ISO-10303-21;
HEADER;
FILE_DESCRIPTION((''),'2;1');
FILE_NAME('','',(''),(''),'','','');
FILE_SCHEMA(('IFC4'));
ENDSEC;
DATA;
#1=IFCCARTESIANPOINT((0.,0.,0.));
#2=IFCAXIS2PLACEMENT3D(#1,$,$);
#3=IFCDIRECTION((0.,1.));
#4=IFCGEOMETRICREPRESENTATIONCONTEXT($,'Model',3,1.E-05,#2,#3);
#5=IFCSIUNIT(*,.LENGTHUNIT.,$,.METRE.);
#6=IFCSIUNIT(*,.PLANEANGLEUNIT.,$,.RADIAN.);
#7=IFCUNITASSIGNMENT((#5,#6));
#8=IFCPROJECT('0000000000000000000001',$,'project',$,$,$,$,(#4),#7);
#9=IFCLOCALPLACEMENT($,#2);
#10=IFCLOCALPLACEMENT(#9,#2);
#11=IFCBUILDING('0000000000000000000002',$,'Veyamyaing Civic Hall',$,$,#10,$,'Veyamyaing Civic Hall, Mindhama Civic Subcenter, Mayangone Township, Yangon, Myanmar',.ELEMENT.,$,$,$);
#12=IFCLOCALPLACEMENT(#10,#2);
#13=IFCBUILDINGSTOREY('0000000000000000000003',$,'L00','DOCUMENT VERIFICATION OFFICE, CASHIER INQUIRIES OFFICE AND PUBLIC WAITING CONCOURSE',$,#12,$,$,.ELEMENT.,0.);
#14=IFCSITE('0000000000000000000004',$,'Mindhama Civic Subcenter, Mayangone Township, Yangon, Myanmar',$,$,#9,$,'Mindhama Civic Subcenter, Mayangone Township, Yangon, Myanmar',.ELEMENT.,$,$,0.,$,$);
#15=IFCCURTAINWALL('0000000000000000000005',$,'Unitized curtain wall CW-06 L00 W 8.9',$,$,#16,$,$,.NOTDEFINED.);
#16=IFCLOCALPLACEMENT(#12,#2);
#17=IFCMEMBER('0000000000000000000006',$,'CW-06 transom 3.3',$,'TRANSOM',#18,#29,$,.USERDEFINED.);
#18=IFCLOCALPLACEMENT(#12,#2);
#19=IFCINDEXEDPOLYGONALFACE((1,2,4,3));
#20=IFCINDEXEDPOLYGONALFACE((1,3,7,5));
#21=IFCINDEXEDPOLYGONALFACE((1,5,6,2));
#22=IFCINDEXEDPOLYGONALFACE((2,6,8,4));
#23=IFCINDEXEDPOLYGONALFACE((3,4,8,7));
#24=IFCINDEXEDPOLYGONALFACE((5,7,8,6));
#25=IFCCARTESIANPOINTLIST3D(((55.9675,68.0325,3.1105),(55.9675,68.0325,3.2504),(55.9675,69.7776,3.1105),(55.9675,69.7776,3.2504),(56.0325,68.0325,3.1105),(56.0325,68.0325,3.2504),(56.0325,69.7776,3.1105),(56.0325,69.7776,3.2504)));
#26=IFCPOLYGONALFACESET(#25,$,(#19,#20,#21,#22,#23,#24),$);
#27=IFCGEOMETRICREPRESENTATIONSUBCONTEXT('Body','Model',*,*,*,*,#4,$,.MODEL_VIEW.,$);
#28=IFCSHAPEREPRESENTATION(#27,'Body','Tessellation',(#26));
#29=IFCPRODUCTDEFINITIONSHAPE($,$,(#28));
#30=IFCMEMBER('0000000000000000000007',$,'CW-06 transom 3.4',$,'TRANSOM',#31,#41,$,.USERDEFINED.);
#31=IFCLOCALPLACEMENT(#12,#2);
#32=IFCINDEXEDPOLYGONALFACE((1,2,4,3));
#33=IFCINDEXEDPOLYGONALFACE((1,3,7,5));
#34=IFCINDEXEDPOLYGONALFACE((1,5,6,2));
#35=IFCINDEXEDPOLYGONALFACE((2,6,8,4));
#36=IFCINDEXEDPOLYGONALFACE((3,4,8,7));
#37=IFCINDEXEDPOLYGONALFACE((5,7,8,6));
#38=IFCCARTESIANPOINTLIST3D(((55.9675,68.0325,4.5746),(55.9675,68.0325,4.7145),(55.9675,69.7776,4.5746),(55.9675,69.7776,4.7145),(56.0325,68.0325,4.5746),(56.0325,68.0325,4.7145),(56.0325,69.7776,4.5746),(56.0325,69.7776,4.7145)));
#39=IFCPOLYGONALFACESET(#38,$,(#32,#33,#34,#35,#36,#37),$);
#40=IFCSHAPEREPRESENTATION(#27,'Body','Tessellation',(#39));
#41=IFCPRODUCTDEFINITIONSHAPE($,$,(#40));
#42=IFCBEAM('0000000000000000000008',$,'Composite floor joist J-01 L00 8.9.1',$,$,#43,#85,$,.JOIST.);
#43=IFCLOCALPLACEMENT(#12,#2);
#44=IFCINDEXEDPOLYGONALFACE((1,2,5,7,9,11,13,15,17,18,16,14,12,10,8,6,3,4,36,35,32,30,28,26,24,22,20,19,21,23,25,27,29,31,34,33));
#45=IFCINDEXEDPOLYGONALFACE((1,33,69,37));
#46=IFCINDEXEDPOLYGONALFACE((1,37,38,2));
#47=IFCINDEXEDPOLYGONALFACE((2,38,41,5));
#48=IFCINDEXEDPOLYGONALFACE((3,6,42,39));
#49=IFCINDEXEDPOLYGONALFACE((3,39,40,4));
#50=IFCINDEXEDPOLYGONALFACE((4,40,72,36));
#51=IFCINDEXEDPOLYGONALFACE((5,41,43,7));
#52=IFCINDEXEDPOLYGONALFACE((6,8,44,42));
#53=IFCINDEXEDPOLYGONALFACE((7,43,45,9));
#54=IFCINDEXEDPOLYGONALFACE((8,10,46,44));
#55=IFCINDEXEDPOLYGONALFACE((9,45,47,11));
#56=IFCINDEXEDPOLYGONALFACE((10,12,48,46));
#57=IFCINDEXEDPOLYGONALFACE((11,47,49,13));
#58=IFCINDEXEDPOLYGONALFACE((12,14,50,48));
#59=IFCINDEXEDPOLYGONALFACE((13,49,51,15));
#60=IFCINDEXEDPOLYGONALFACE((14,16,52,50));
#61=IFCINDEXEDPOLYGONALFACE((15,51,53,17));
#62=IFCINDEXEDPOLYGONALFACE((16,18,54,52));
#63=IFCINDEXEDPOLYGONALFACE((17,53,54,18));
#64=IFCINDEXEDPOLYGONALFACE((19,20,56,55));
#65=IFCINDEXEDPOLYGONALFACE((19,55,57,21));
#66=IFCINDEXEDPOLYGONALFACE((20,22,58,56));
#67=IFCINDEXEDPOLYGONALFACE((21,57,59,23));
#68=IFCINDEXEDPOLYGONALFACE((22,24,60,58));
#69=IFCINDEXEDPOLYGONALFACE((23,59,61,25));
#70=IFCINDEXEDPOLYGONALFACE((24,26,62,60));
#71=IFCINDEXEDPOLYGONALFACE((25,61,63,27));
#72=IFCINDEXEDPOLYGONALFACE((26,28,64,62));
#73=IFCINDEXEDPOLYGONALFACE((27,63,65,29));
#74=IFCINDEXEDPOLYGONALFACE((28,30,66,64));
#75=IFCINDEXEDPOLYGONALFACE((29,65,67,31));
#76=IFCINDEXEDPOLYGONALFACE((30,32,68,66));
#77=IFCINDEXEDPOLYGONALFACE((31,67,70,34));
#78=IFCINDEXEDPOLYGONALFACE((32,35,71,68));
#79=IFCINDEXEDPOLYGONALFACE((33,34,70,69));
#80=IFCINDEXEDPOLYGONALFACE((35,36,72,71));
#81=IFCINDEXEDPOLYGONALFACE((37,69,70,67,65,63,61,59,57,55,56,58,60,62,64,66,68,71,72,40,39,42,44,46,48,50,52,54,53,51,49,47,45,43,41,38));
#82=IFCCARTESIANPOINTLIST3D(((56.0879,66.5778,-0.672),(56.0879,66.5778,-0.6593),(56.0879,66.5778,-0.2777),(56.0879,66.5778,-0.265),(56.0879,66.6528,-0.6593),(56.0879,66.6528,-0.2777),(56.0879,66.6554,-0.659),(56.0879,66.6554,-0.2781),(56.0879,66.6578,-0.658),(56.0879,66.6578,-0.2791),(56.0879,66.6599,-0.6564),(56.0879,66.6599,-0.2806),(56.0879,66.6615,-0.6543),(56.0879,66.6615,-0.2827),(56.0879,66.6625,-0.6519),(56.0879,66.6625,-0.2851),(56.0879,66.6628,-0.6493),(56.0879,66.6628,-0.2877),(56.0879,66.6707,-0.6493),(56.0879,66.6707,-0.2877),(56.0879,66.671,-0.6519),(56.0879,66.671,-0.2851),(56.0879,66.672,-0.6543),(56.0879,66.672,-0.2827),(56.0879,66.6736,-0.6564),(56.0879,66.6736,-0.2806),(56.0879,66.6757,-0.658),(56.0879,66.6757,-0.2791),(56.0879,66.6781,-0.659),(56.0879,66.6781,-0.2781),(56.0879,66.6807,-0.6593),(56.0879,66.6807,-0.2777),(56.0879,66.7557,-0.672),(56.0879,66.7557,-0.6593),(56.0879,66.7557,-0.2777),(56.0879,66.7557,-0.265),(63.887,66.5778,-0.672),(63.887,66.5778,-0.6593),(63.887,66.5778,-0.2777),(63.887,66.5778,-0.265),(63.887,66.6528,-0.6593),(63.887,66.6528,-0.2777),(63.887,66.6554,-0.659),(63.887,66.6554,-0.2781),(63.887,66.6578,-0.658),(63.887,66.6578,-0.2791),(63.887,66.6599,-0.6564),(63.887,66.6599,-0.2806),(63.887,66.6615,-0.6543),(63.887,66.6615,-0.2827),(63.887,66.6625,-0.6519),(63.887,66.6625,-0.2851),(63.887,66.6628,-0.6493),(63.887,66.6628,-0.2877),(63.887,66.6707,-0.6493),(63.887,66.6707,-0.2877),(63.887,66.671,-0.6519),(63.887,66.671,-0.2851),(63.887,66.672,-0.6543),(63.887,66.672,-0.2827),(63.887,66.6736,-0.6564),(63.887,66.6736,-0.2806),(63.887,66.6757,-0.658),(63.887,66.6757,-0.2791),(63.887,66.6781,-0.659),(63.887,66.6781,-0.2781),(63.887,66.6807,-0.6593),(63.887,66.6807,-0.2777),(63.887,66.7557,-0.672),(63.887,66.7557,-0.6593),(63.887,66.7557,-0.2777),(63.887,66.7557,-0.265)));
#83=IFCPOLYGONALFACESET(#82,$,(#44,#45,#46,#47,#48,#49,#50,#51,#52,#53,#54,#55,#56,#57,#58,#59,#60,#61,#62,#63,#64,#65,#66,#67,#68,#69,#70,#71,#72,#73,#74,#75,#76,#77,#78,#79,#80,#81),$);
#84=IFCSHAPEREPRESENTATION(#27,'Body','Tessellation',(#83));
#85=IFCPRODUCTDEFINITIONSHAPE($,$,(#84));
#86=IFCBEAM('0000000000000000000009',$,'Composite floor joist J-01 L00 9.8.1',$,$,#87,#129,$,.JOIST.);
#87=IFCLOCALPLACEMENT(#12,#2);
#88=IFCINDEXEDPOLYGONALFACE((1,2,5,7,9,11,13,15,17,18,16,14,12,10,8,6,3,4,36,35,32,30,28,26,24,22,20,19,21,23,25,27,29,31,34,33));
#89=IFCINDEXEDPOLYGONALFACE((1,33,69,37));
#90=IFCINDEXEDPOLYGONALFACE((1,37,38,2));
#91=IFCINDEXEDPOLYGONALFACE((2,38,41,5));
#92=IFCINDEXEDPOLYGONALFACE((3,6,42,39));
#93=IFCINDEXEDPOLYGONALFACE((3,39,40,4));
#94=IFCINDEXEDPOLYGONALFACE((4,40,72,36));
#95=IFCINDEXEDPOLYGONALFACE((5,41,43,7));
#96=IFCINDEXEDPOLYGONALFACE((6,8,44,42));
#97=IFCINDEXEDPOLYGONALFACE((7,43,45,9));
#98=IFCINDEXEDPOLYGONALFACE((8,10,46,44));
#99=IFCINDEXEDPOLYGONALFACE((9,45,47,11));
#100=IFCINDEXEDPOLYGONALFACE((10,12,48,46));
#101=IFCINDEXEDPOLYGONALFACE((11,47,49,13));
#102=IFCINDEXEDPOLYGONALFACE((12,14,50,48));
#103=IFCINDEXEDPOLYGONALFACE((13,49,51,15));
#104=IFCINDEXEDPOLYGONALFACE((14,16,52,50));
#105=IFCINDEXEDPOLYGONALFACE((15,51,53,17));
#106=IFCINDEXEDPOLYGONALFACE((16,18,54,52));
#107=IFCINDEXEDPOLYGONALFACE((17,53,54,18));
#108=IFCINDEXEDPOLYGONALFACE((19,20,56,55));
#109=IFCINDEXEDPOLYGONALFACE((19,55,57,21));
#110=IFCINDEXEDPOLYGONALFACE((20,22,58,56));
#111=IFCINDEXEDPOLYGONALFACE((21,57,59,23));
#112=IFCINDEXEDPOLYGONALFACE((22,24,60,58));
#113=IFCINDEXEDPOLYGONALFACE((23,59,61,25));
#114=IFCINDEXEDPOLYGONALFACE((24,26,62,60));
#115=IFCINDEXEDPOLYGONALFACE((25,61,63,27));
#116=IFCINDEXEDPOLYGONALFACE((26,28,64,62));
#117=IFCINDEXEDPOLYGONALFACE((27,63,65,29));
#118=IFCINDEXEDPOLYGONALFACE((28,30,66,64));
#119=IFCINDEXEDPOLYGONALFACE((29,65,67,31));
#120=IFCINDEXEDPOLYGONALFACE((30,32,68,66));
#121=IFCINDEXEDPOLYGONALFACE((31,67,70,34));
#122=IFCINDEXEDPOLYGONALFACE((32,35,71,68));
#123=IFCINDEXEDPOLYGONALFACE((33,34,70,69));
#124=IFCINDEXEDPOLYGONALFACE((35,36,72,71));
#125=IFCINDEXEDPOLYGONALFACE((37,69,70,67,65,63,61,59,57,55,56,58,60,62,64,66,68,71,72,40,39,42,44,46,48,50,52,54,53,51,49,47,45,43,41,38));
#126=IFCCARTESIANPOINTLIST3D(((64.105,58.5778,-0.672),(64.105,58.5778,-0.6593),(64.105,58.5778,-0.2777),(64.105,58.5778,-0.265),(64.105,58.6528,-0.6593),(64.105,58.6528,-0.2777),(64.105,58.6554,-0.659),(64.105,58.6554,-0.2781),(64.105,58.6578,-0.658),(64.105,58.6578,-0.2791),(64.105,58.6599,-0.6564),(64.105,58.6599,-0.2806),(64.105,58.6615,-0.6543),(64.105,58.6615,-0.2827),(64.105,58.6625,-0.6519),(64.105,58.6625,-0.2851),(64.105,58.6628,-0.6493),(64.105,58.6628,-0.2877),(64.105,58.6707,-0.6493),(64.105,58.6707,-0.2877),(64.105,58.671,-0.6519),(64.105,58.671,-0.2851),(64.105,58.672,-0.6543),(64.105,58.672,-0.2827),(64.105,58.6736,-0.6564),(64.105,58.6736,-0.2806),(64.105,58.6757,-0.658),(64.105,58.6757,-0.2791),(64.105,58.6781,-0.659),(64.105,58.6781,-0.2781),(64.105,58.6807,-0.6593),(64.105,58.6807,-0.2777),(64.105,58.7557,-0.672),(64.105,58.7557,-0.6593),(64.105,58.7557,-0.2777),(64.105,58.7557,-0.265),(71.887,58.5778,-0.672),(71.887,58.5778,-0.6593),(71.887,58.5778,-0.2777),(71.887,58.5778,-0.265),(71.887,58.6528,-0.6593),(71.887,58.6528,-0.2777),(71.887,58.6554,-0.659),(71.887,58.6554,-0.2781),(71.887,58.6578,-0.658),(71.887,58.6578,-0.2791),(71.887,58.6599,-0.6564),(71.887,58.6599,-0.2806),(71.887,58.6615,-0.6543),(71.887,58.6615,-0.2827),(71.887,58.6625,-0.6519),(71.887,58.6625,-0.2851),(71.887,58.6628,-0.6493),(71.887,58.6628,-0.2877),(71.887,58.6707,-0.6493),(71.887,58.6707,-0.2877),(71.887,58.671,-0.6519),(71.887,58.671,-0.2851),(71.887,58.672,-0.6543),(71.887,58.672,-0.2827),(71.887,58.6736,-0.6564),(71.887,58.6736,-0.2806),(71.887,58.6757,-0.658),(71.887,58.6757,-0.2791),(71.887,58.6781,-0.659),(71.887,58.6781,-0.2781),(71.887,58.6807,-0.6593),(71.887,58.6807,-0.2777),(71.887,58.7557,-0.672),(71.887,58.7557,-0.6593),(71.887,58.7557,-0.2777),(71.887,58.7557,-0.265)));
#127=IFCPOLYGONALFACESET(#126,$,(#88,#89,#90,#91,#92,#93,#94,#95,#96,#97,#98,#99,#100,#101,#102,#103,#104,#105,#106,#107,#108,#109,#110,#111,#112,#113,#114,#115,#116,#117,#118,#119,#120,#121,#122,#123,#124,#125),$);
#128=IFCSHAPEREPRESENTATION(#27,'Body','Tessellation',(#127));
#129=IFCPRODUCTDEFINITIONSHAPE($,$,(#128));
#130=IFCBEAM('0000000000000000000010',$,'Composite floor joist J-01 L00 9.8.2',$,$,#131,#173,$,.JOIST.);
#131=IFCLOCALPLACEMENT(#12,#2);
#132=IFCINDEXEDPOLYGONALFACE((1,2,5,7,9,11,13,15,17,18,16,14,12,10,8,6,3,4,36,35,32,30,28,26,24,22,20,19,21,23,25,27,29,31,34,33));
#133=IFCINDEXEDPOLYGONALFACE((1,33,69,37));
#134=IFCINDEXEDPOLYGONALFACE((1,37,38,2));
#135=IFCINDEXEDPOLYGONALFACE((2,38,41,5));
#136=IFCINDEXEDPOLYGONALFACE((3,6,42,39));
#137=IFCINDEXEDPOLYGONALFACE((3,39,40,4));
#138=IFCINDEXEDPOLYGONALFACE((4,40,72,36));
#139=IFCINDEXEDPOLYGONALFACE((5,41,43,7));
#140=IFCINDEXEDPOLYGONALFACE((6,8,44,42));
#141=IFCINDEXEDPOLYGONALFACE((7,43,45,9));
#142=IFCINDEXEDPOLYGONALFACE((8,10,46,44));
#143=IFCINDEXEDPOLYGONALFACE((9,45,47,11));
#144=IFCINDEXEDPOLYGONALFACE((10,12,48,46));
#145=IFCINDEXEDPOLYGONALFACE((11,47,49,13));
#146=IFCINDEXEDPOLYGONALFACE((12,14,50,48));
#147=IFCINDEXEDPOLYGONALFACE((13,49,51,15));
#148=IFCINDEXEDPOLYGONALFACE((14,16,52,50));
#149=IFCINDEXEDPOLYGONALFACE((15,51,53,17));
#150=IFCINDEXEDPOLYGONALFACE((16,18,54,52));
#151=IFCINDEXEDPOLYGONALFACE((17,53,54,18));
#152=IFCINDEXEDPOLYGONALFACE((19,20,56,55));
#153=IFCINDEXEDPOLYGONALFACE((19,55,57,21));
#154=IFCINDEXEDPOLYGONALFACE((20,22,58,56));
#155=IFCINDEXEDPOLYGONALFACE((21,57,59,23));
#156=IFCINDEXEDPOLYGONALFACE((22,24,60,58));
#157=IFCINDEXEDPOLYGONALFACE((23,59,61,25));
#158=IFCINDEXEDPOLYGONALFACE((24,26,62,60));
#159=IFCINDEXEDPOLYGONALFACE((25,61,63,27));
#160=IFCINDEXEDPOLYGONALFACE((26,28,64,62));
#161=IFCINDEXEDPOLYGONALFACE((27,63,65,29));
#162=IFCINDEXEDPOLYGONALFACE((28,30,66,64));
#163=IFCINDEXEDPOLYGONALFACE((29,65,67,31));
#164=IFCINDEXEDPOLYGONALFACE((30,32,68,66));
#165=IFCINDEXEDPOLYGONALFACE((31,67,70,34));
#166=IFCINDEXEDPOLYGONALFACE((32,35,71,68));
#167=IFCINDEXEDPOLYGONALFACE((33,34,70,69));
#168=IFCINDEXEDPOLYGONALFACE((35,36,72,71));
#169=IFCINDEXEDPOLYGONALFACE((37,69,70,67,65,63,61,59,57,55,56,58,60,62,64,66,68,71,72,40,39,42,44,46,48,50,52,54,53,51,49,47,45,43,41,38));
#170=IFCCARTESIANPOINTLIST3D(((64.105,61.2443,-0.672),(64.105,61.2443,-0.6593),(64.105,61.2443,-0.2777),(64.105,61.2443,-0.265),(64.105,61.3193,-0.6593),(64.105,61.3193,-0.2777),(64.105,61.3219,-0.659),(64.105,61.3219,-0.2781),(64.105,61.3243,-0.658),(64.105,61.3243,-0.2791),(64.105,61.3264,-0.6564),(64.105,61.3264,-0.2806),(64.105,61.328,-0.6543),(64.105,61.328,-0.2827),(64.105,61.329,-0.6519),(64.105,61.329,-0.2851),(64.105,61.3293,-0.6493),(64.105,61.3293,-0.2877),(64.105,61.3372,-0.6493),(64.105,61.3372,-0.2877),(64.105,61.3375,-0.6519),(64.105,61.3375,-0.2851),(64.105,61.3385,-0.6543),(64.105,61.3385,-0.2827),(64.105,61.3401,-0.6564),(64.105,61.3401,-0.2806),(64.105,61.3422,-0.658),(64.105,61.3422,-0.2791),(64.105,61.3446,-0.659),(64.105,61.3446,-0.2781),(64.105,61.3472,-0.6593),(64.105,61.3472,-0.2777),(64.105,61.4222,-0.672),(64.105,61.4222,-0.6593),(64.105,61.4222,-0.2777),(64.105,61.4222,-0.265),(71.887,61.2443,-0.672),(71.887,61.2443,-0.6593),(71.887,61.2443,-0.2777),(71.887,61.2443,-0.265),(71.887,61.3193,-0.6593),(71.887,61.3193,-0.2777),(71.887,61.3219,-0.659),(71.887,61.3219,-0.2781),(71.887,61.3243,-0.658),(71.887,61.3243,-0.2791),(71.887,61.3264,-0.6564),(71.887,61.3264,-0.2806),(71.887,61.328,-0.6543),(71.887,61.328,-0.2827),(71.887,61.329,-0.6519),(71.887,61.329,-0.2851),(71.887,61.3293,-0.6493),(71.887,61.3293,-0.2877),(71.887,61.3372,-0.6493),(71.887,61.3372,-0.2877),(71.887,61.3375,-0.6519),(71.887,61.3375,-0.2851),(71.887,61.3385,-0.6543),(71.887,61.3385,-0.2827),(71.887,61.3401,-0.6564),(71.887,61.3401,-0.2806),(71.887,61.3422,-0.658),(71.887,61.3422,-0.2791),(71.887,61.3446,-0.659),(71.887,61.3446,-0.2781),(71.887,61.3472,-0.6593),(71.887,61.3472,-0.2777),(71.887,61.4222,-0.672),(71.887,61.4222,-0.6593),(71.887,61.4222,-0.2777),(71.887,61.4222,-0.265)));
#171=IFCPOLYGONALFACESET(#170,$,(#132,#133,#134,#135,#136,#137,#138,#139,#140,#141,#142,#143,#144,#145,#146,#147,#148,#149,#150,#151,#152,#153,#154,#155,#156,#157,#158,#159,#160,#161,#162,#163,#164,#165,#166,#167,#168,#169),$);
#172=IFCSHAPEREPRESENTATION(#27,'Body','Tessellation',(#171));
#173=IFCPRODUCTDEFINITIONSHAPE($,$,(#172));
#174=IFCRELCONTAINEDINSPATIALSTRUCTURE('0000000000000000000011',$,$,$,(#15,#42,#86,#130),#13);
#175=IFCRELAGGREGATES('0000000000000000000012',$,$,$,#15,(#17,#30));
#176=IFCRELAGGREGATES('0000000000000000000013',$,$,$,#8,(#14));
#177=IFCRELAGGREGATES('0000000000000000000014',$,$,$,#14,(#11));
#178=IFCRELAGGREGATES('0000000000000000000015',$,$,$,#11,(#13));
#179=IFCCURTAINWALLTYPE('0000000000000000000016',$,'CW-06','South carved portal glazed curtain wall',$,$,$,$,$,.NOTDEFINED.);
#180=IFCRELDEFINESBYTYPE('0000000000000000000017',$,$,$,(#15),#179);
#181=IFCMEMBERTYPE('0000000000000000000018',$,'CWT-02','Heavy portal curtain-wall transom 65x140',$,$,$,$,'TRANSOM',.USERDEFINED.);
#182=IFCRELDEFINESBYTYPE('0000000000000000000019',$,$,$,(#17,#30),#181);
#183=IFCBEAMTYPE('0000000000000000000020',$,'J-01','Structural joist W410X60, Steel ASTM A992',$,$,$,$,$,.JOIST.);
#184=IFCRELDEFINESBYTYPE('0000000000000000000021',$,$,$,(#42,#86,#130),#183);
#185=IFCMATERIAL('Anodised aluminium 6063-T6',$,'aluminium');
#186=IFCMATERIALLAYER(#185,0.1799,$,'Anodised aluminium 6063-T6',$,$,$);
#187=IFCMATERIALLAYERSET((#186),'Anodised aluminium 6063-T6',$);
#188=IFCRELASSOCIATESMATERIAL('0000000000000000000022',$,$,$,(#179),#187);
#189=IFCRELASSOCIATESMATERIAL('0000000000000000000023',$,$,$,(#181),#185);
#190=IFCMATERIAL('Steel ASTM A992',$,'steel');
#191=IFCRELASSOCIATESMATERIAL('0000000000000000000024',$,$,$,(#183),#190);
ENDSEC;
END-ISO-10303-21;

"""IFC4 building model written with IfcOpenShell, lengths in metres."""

from ifc_helpers import new_model, si_unit, direction, frame, origin, origin_2d, place, context, subcontext, project, spatial, rectangle, i_section, extrude, material, layer, layer_set, material_profile, profile_set, type_object, element, aggregate, save


model = new_model("IFC4")

# Units and contexts
model_context = context("Model", 3, precision=1e-05, world=origin(), true_north=direction((0.0, 1.0)))
body_context = subcontext(model_context, "Body", "Model", "MODEL_VIEW")
ifc_project = project(units=[si_unit("LENGTHUNIT", "METRE"), si_unit("PLANEANGLEUNIT", "RADIAN")], contexts=[model_context])

# Site, building, storey
site_placement = place(None, origin())
site = spatial("IfcSite", under=ifc_project, at=site_placement, Name="Mindhama Civic Subcenter, Mayangone Township, Yangon, Myanmar", LongName="Mindhama Civic Subcenter, Mayangone Township, Yangon, Myanmar", CompositionType="ELEMENT", RefElevation=0.0)
building_placement = place(site_placement, origin())
building = spatial("IfcBuilding", under=site, at=building_placement, Name="Veyamyaing Civic Hall", LongName="Veyamyaing Civic Hall, Mindhama Civic Subcenter, Mayangone Township, Yangon, Myanmar", CompositionType="ELEMENT")
storey_placement = place(building_placement, origin())
storey = spatial("IfcBuildingStorey", under=building, at=storey_placement, Name="L00", Description="DOCUMENT VERIFICATION OFFICE, CASHIER INQUIRIES OFFICE AND PUBLIC WAITING CONCOURSE", CompositionType="ELEMENT", Elevation=0.0)

# Shared definitions
ifc_material_1 = material(Name="Steel ASTM A992", Category="steel")

# Curtain wall, members
ifc_material_2 = material(Name="Anodised aluminium 6063-T6", Category="aluminium")
ifc_layer_1 = layer(ifc_material_2, 0.1799, Name="Anodised aluminium 6063-T6")
ifc_layer_set_1 = layer_set([ifc_layer_1], Name="Anodised aluminium 6063-T6")
curtain_wall_type = type_object("IfcCurtainWallType", Name="CW-06", Description="South carved portal glazed curtain wall", PredefinedType="NOTDEFINED", material=ifc_layer_set_1)
curtain_wall_placement = place(storey_placement, origin())
curtain_wall = element("IfcCurtainWall", 1, at=curtain_wall_placement, inside=storey, type_object=curtain_wall_type, Name="Unitized curtain wall CW-06 L00 W 8.9", PredefinedType="NOTDEFINED")
ifc_material_profile_1 = material_profile(ifc_material_2, rectangle(XDim=0.0649, YDim=0.1399, at=origin_2d()), Name="ALU-TRN-65X140")
ifc_profile_set_1 = profile_set([ifc_material_profile_1], Name="Anodised aluminium 6063-T6")
member_type_1 = type_object("IfcMemberType", Name="CWT-02", Description="Heavy portal curtain-wall transom 65x140", ElementType="TRANSOM", PredefinedType="USERDEFINED", material=ifc_profile_set_1)
member_1_placement = place(storey_placement, frame((56.0, 68.0325, 3.1804), z_axis=(0.0, 1.0, 0.0), x_axis=(-1.0, 0.0, 0.0)))
member_1 = element("IfcMember", 2, at=member_1_placement, type_object=member_type_1, Name="CW-06 transom 3.3", ObjectType="TRANSOM", PredefinedType="USERDEFINED", context=body_context, shape_type="SweptSolid", body=[
    extrude(rectangle(XDim=0.0649, YDim=0.1399, at=origin_2d()), origin(), (0.0, 0.0, 1.0), 1.7451),
])
member_2_placement = place(storey_placement, frame((56.0, 68.0325, 4.6445), z_axis=(0.0, 1.0, 0.0), x_axis=(-1.0, 0.0, 0.0)))
member_2 = element("IfcMember", 3, at=member_2_placement, type_object=member_type_1, Name="CW-06 transom 3.4", ObjectType="TRANSOM", PredefinedType="USERDEFINED", context=body_context, shape_type="SweptSolid", body=[
    extrude(rectangle(XDim=0.0649, YDim=0.1399, at=origin_2d()), origin(), (0.0, 0.0, 1.0), 1.7451),
])

# Beams
ifc_material_profile_2 = material_profile(ifc_material_1, i_section(OverallWidth=0.178, OverallDepth=0.407, WebThickness=0.0078, FlangeThickness=0.0127, FilletRadius=0.01, at=origin_2d()), Name="W410X60")
ifc_profile_set_2 = profile_set([ifc_material_profile_2], Name="Steel ASTM A992")
beam_type_1 = type_object("IfcBeamType", Name="J-01", Description="Structural joist W410X60, Steel ASTM A992", PredefinedType="JOIST", material=ifc_profile_set_2)
beam_1_placement = place(storey_placement, frame((56.0879, 66.6667, -0.4685), z_axis=(1.0, 0.0, 0.0), x_axis=(0.0, 1.0, 0.0)))
element("IfcBeam", 4, at=beam_1_placement, inside=storey, type_object=beam_type_1, Name="Composite floor joist J-01 L00 8.9.1", PredefinedType="JOIST", context=body_context, shape_type="SweptSolid", body=[
    extrude(i_section(OverallWidth=0.178, OverallDepth=0.407, WebThickness=0.0078, FlangeThickness=0.0127, FilletRadius=0.01, at=origin_2d()), origin(), (0.0, 0.0, 1.0), 7.7991),
])
for number, where, z_axis, x_axis, name in (
    (5, (64.105, 58.6667, -0.4685), (1.0, 0.0, 0.0), (0.0, 1.0, 0.0), "Composite floor joist J-01 L00 9.8.1"),
    (6, (64.105, 61.3333, -0.4685), (1.0, 0.0, 0.0), (0.0, 1.0, 0.0), "Composite floor joist J-01 L00 9.8.2"),
):
    element("IfcBeam", number, at=place(storey_placement, frame(where, z_axis=z_axis, x_axis=x_axis)), inside=storey, type_object=beam_type_1, Name=name, PredefinedType="JOIST", context=body_context, shape_type="SweptSolid", body=[
        extrude(i_section(OverallWidth=0.178, OverallDepth=0.407, WebThickness=0.0078, FlangeThickness=0.0127, FilletRadius=0.01, at=origin_2d()), origin(), (0.0, 0.0, 1.0), 7.782),
    ])

aggregate(curtain_wall, [member_1, member_2])

save(model, "model.ifc")
